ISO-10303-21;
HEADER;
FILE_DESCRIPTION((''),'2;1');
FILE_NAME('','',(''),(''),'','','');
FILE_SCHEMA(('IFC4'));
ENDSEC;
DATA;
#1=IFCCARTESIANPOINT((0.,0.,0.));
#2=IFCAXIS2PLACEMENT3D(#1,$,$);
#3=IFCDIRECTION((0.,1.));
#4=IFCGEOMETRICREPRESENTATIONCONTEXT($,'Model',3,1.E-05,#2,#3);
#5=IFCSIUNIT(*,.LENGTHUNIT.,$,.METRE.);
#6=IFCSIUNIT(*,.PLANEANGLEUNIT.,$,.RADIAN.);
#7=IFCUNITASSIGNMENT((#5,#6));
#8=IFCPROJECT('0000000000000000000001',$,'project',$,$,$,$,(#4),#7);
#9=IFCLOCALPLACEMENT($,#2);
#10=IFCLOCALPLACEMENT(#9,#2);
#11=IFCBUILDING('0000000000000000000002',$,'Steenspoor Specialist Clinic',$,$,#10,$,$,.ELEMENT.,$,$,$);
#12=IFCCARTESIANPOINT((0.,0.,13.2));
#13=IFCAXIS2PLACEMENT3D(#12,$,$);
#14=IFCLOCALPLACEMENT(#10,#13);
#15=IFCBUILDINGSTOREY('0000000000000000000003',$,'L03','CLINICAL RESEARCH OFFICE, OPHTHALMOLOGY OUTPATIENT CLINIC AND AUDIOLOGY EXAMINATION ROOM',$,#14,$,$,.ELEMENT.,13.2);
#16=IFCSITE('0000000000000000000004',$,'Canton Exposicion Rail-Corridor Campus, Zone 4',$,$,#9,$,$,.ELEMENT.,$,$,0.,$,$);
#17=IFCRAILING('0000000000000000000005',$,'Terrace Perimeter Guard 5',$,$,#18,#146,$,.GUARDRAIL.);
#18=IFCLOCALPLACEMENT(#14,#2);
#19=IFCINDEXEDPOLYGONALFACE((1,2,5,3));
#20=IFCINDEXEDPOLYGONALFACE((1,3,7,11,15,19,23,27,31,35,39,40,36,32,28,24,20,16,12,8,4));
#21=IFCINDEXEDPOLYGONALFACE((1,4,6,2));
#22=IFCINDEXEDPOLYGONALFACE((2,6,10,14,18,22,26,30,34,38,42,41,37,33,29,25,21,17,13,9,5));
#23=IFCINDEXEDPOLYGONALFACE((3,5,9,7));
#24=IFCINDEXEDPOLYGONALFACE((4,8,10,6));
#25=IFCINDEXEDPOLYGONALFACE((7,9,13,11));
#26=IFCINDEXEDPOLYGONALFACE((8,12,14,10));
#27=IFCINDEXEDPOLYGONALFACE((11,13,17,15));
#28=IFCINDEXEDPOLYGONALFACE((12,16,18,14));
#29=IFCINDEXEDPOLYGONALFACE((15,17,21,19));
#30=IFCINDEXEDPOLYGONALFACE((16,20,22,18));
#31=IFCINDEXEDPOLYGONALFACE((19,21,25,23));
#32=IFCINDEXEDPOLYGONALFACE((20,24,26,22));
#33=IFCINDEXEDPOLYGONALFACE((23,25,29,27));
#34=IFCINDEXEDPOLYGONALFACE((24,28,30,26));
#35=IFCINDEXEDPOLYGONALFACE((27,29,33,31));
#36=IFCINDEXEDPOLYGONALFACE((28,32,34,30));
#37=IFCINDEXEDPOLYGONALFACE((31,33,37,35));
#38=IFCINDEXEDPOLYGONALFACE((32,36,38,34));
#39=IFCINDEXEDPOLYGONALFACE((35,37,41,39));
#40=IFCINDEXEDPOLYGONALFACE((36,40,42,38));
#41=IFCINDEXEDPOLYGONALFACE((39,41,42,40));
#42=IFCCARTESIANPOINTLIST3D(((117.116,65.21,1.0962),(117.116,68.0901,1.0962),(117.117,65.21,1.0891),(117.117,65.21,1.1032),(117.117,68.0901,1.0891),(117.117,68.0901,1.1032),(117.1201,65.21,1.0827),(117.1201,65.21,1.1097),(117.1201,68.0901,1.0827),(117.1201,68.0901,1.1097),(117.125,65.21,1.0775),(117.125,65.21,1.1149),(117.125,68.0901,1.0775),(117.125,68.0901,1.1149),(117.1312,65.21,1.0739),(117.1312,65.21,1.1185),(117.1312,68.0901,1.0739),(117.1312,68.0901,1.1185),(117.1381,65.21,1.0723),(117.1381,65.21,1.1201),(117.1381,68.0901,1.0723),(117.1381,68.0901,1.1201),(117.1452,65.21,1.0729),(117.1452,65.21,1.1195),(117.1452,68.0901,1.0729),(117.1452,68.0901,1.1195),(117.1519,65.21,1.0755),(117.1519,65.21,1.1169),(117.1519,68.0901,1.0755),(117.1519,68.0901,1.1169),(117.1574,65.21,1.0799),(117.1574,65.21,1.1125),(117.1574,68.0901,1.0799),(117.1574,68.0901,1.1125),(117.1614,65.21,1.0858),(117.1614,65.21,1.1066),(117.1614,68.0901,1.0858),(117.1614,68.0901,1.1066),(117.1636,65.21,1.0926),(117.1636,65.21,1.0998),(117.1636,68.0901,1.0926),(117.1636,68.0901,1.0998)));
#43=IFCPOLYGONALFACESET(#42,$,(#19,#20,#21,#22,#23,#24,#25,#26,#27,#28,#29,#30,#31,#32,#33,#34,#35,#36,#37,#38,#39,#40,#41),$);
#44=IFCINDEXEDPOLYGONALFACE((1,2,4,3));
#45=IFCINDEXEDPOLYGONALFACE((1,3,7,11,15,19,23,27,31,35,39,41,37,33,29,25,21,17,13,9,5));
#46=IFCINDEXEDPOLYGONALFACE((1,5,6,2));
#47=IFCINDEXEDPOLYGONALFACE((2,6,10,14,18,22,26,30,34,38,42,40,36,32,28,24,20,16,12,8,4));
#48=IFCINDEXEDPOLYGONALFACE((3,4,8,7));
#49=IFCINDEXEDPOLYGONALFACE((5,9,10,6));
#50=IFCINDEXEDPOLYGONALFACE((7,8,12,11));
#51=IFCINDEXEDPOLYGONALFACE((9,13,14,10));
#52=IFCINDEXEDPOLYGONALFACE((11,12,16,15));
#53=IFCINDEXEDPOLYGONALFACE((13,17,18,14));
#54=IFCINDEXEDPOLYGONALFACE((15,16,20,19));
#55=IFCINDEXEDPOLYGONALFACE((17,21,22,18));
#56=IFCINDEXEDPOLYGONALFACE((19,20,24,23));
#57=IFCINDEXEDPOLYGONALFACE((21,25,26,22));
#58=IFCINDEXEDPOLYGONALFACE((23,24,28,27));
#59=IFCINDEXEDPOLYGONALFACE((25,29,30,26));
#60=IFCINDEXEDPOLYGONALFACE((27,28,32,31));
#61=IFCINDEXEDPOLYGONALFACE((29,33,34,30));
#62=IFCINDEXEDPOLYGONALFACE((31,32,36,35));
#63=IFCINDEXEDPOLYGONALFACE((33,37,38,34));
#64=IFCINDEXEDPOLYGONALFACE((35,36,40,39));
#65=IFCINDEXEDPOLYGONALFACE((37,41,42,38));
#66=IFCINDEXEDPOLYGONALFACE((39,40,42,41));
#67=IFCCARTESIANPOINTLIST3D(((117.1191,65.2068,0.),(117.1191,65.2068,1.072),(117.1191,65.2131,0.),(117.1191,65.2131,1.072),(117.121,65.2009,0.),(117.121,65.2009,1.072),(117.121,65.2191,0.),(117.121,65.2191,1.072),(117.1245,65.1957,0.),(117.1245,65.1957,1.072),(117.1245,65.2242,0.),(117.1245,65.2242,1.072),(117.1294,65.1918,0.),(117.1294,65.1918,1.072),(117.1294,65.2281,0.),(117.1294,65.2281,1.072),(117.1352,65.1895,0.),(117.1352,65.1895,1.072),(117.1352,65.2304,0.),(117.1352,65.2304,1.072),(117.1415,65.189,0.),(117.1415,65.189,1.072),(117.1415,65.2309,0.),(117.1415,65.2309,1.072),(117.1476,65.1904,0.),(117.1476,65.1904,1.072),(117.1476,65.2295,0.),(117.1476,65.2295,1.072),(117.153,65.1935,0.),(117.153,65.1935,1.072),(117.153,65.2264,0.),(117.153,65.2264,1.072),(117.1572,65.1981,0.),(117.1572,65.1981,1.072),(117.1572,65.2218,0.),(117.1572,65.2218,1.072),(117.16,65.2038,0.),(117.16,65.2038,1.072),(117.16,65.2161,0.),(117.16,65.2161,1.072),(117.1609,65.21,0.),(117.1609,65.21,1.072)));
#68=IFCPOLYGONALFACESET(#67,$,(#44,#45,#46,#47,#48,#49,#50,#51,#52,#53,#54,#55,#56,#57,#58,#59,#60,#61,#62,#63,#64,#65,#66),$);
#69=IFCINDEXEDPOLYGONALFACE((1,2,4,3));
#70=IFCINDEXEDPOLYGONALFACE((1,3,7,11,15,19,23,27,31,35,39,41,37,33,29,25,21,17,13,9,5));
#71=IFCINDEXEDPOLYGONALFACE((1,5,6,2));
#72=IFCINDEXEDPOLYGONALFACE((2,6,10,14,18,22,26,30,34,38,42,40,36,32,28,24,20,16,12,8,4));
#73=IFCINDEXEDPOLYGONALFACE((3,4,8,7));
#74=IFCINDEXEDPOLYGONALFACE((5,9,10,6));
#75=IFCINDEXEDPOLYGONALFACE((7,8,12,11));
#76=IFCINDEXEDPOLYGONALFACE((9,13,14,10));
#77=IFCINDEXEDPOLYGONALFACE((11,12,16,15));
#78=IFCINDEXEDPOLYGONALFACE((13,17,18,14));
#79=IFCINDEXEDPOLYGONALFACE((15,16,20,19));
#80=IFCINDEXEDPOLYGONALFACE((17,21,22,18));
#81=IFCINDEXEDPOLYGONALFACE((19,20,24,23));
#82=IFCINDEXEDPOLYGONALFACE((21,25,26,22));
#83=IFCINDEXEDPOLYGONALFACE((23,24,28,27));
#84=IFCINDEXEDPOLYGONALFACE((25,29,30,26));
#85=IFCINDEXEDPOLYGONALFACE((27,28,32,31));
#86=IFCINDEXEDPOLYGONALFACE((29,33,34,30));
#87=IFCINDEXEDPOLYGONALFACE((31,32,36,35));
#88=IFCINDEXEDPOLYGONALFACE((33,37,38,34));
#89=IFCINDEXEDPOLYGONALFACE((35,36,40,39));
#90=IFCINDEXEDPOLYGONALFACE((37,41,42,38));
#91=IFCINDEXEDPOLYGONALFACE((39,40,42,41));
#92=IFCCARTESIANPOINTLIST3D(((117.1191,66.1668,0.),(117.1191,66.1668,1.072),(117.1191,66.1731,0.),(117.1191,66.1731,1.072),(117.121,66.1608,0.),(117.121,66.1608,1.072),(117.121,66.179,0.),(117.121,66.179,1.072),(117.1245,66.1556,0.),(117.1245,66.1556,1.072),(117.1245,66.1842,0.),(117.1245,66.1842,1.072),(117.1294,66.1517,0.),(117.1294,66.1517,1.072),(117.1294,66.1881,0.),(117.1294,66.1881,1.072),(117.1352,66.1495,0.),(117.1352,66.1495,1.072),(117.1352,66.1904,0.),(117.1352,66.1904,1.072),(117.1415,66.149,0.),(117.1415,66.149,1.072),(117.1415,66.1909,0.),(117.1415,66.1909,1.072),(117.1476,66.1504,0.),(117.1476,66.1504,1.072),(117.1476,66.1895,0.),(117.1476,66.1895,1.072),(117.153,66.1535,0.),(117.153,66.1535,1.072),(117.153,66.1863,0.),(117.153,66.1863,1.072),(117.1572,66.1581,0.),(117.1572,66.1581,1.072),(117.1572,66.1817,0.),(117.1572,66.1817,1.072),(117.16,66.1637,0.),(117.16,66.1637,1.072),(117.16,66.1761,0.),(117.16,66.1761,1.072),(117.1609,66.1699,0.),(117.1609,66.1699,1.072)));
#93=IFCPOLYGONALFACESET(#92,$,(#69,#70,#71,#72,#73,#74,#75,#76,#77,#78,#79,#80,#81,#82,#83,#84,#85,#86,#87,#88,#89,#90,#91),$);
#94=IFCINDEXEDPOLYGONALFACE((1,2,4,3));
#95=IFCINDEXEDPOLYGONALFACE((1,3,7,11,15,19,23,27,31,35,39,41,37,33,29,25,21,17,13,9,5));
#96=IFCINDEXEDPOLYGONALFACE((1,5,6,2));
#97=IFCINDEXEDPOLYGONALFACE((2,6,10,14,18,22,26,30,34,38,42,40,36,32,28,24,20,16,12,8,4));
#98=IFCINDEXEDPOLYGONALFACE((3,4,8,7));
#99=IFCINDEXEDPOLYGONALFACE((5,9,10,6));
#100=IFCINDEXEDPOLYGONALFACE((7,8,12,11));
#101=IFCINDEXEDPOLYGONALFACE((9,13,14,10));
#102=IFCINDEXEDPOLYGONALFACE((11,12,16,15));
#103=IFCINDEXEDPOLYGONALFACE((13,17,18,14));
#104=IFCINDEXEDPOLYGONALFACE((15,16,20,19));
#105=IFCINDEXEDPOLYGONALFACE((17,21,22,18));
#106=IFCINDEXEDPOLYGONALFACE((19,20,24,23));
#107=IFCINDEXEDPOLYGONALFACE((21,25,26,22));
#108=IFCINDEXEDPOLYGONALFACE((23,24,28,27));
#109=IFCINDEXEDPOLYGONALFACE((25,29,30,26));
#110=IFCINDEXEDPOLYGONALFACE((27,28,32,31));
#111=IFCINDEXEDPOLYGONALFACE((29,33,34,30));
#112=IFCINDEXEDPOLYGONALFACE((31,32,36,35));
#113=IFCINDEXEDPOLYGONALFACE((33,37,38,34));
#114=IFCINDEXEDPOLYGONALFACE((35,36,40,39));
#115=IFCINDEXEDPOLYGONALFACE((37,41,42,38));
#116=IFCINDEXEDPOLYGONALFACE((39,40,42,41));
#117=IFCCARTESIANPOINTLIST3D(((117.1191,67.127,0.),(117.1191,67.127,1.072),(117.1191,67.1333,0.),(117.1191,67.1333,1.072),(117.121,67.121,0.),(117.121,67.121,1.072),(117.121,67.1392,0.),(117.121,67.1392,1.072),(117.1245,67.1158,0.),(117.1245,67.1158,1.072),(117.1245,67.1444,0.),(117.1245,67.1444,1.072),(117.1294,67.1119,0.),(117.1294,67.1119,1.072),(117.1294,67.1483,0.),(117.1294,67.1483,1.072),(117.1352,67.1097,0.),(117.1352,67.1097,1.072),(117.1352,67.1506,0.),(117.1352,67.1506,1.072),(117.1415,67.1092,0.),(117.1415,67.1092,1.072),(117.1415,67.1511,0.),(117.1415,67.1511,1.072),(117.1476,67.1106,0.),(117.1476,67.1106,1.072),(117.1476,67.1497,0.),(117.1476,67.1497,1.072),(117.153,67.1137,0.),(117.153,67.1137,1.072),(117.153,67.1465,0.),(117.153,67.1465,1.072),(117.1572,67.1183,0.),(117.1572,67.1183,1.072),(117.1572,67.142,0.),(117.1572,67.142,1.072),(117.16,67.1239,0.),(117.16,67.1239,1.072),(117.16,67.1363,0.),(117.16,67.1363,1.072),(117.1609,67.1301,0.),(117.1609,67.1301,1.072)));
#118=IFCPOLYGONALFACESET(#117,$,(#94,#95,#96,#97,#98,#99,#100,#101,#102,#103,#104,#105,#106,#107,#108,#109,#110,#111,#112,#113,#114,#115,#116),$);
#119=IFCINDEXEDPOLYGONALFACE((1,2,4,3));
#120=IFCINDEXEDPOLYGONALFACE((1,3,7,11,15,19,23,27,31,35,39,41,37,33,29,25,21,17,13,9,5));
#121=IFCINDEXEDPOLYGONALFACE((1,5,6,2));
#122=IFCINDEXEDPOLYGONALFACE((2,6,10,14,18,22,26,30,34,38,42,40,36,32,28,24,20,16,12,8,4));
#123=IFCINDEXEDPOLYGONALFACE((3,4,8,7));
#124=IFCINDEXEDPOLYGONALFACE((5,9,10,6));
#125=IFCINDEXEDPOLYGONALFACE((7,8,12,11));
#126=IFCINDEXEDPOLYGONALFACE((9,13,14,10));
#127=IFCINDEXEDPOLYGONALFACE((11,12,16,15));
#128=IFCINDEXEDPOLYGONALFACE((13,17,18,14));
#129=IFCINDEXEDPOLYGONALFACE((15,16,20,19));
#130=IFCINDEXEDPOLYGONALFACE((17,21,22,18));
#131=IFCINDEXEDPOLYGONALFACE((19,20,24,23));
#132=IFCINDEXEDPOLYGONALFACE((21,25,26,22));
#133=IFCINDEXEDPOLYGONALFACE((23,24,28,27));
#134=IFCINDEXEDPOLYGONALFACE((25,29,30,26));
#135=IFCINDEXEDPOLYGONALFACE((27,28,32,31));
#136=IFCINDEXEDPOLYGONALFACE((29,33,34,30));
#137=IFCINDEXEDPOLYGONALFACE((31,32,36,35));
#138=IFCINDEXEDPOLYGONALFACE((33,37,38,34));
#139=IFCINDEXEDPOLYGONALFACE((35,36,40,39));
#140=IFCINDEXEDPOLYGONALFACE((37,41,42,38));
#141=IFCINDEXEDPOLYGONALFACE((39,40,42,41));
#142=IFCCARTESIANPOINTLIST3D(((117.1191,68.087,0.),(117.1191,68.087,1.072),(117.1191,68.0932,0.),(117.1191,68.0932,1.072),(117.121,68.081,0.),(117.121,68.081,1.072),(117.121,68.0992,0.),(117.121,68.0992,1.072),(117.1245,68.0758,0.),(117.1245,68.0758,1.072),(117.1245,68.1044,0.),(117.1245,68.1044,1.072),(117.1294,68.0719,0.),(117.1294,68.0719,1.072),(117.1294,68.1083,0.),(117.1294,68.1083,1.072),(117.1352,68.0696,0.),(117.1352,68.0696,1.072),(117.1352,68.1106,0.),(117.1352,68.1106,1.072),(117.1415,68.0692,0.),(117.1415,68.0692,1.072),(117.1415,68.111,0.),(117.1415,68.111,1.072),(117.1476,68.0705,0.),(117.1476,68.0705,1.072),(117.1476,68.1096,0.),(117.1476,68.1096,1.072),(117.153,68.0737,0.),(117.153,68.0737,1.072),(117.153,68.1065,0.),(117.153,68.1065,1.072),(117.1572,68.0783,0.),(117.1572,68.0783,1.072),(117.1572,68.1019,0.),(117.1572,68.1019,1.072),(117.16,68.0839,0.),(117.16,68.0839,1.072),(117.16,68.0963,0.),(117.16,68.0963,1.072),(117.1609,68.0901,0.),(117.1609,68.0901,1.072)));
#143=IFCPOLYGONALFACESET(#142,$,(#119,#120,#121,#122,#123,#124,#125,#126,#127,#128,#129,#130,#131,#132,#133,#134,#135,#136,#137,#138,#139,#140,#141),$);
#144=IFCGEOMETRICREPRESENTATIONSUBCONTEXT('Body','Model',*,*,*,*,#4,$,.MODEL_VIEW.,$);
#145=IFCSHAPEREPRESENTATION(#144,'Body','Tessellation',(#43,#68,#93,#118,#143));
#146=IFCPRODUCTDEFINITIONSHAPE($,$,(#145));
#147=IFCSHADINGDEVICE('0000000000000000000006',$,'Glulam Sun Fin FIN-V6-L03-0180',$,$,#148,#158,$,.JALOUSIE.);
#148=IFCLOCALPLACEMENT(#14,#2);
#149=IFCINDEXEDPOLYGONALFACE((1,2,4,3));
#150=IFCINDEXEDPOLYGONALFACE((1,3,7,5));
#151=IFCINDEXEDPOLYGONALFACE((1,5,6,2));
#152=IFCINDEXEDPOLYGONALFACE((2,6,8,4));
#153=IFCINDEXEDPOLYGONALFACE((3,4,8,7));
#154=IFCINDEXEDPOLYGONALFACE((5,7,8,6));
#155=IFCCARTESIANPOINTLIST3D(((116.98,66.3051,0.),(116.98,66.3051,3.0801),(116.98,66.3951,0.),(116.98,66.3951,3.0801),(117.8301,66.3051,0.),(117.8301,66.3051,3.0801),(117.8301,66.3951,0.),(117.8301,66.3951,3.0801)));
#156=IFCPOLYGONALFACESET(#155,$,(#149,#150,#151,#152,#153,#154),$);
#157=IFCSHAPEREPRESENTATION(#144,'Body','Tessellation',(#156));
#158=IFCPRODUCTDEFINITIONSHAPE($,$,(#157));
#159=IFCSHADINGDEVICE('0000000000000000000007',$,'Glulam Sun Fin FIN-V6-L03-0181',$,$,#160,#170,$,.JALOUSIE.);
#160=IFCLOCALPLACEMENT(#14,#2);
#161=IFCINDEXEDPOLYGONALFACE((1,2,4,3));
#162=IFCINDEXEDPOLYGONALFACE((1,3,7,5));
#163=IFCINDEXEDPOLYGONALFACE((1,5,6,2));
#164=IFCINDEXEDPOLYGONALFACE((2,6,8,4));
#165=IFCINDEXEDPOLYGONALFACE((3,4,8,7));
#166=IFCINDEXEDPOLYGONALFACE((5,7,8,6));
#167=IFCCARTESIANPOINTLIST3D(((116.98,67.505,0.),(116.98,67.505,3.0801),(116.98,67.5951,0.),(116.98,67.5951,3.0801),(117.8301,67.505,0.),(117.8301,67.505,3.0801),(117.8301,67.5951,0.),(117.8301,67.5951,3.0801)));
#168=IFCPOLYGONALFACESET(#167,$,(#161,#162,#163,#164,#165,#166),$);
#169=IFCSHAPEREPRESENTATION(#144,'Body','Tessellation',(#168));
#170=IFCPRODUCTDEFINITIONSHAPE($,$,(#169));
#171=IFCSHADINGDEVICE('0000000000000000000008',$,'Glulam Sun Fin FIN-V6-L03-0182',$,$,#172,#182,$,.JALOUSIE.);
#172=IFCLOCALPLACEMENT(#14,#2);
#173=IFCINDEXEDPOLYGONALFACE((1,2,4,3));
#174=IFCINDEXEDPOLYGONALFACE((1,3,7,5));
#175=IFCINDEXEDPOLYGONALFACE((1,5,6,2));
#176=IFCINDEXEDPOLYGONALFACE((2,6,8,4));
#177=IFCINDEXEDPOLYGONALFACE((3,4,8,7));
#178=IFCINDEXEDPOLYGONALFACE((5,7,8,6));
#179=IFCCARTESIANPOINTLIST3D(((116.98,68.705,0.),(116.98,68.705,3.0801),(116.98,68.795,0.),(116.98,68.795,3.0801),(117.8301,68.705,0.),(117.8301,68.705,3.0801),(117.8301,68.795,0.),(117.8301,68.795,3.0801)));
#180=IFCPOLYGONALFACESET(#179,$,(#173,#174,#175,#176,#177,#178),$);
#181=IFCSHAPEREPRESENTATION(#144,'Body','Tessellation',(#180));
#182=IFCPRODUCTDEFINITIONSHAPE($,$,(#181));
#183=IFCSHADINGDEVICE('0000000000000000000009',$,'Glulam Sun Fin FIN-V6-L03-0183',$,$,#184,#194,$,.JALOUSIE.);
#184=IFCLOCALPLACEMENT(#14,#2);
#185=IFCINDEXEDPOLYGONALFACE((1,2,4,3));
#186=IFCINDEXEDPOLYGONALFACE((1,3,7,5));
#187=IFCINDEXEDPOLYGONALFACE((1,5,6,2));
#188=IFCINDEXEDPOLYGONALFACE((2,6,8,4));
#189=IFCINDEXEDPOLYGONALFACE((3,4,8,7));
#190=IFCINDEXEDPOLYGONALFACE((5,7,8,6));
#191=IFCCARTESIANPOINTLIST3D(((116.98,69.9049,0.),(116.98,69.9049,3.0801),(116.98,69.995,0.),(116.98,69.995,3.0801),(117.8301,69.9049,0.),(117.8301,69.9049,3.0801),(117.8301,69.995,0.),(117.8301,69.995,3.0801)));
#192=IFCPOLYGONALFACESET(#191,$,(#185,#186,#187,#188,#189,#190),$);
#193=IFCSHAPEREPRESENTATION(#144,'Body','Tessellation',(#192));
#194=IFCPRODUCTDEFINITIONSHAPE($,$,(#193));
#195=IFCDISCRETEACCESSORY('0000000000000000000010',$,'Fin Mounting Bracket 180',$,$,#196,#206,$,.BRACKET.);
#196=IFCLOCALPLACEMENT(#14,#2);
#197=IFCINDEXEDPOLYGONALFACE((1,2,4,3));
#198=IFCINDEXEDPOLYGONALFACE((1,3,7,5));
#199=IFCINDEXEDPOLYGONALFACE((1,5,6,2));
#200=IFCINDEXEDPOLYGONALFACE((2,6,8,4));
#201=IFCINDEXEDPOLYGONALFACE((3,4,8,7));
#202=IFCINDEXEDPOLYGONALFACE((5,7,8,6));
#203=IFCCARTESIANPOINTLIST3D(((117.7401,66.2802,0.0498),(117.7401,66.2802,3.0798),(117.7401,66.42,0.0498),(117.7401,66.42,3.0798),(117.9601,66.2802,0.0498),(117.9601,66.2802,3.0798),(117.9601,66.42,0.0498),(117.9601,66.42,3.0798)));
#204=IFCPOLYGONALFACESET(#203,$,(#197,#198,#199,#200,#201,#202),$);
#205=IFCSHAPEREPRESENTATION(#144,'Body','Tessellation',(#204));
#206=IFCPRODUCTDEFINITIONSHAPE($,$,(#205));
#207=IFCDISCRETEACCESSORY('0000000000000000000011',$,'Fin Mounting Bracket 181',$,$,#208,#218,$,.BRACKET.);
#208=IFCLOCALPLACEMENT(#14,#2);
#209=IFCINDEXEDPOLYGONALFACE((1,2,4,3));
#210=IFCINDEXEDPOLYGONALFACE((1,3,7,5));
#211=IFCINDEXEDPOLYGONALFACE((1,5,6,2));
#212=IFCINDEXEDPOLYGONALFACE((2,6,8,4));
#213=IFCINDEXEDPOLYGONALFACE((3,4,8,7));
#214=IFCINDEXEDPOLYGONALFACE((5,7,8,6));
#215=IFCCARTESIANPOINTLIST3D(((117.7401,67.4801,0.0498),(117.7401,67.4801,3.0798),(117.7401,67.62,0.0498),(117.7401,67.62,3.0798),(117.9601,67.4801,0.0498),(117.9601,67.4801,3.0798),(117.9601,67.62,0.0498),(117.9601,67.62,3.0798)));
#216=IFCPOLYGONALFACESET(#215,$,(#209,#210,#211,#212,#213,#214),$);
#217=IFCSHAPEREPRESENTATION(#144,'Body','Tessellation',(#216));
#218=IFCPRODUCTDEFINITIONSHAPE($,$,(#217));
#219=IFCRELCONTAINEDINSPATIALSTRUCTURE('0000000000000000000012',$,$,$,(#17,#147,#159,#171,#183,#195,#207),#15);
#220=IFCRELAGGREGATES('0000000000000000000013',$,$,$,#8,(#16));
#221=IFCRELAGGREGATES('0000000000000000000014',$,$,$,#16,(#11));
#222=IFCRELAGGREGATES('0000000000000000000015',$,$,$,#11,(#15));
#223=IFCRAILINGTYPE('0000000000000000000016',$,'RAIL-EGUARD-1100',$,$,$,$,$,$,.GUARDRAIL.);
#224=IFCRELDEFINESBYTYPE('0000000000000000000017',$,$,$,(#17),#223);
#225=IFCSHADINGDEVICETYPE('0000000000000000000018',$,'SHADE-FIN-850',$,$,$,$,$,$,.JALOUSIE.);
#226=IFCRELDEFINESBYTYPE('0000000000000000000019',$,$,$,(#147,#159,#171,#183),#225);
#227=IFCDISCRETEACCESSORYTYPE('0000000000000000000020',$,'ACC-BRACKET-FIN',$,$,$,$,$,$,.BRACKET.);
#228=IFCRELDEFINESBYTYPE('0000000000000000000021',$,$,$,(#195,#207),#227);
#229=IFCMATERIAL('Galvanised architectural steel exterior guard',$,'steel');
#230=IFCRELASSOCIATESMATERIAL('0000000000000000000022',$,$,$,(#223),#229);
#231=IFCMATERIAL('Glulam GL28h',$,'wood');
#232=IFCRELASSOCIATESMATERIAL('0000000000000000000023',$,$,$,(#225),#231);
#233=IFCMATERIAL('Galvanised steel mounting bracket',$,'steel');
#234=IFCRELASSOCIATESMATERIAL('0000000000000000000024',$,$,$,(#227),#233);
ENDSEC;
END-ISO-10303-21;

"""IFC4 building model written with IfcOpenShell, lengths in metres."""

from ifc_helpers import new_model, si_unit, direction, frame, origin, origin_2d, place, context, subcontext, project, spatial, rectangle, circle, extrude, material, material_profile, profile_set, type_object, element, save


model = new_model("IFC4")

# Units and contexts
model_context = context("Model", 3, precision=1e-05, world=origin(), true_north=direction((0.0, 1.0)))
body_context = subcontext(model_context, "Body", "Model", "MODEL_VIEW")
ifc_project = project(units=[si_unit("LENGTHUNIT", "METRE"), si_unit("PLANEANGLEUNIT", "RADIAN")], contexts=[model_context])

# Site, building, storey
site_placement = place(None, origin())
site = spatial("IfcSite", under=ifc_project, at=site_placement, Name="Canton Exposicion Rail-Corridor Campus, Zone 4", CompositionType="ELEMENT", RefElevation=0.0)
building_placement = place(site_placement, origin())
building = spatial("IfcBuilding", under=site, at=building_placement, Name="Steenspoor Specialist Clinic", CompositionType="ELEMENT")
storey_placement = place(building_placement, frame((0.0, 0.0, 13.2)))
storey = spatial("IfcBuildingStorey", under=building, at=storey_placement, Name="L03", Description="CLINICAL RESEARCH OFFICE, OPHTHALMOLOGY OUTPATIENT CLINIC AND AUDIOLOGY EXAMINATION ROOM", CompositionType="ELEMENT", Elevation=13.2)

# Railing
ifc_material_1 = material(Name="Galvanised architectural steel exterior guard", Category="steel")
railing_type = type_object("IfcRailingType", Name="RAIL-EGUARD-1100", PredefinedType="GUARDRAIL", material=ifc_material_1)
railing_placement = place(storey_placement, frame((117.1399, 65.21, 0.0)))
element("IfcRailing", 1, at=railing_placement, inside=storey, type_object=railing_type, Name="Terrace Perimeter Guard 5", PredefinedType="GUARDRAIL", context=body_context, shape_type="SweptSolid", body=[
    extrude(circle(Radius=0.0239, at=origin_2d()), frame((0.0, 0.0, 1.0962), z_axis=(0.0, 1.0, 0.0), x_axis=(-1.0, 0.0, 0.0)), (0.0, 0.0, 1.0), 2.8801),
    extrude(circle(Radius=0.021, at=origin_2d()), origin(), (0.0, 0.0, 1.0), 1.072),
    extrude(circle(Radius=0.021, at=origin_2d()), frame((0.0, 0.96, 0.0)), (0.0, 0.0, 1.0), 1.072),
    extrude(circle(Radius=0.021, at=origin_2d()), frame((0.0, 1.9202, 0.0)), (0.0, 0.0, 1.0), 1.072),
    extrude(circle(Radius=0.021, at=origin_2d()), frame((0.0, 2.8801, 0.0)), (0.0, 0.0, 1.0), 1.072),
])

# Shading devices
ifc_material_2 = material(Name="Glulam GL28h", Category="wood")
ifc_material_profile_1 = material_profile(ifc_material_2, rectangle(XDim=0.0901, YDim=0.8501, at=origin_2d()), Name="GL28H-90X850")
ifc_profile_set_1 = profile_set([ifc_material_profile_1], Name="Glulam GL28h")
shading_device_type = type_object("IfcShadingDeviceType", Name="SHADE-FIN-850", PredefinedType="JALOUSIE", material=ifc_profile_set_1)
for number, where, z_axis, x_axis, name in (
    (2, (117.405, 66.3501, 0.0), (0.0, 0.0, 1.0), (0.0, 1.0, 0.0), "Glulam Sun Fin FIN-V6-L03-0180"),
    (3, (117.405, 67.55, 0.0), (0.0, 0.0, 1.0), (0.0, 1.0, 0.0), "Glulam Sun Fin FIN-V6-L03-0181"),
    (4, (117.405, 68.75, 0.0), (0.0, 0.0, 1.0), (0.0, 1.0, 0.0), "Glulam Sun Fin FIN-V6-L03-0182"),
    (5, (117.405, 69.95, 0.0), (0.0, 0.0, 1.0), (0.0, 1.0, 0.0), "Glulam Sun Fin FIN-V6-L03-0183"),
):
    element("IfcShadingDevice", number, at=place(storey_placement, frame(where, z_axis=z_axis, x_axis=x_axis)), inside=storey, type_object=shading_device_type, Name=name, PredefinedType="JALOUSIE", context=body_context, shape_type="SweptSolid", body=[
        extrude(rectangle(XDim=0.0901, YDim=0.8501, at=origin_2d()), origin(), (0.0, 0.0, 1.0), 3.0801),
    ])

# Discrete accessories
ifc_material_3 = material(Name="Galvanised steel mounting bracket", Category="steel")
discrete_accessory_type = type_object("IfcDiscreteAccessoryType", Name="ACC-BRACKET-FIN", PredefinedType="BRACKET", material=ifc_material_3)
for number, where, z_axis, x_axis, name in (
    (6, (117.8501, 66.3501, 0.0498), (0.0, 0.0, 1.0), (-1.0, 0.0, 0.0), "Fin Mounting Bracket 180"),
    (7, (117.8501, 67.55, 0.0498), (0.0, 0.0, 1.0), (-1.0, 0.0, 0.0), "Fin Mounting Bracket 181"),
):
    element("IfcDiscreteAccessory", number, at=place(storey_placement, frame(where, z_axis=z_axis, x_axis=x_axis)), inside=storey, type_object=discrete_accessory_type, Name=name, PredefinedType="BRACKET", context=body_context, shape_type="SweptSolid", body=[
        extrude(rectangle(XDim=0.22, YDim=0.1399, at=origin_2d()), origin(), (0.0, 0.0, 1.0), 3.03),
    ])

save(model, "model.ifc")
